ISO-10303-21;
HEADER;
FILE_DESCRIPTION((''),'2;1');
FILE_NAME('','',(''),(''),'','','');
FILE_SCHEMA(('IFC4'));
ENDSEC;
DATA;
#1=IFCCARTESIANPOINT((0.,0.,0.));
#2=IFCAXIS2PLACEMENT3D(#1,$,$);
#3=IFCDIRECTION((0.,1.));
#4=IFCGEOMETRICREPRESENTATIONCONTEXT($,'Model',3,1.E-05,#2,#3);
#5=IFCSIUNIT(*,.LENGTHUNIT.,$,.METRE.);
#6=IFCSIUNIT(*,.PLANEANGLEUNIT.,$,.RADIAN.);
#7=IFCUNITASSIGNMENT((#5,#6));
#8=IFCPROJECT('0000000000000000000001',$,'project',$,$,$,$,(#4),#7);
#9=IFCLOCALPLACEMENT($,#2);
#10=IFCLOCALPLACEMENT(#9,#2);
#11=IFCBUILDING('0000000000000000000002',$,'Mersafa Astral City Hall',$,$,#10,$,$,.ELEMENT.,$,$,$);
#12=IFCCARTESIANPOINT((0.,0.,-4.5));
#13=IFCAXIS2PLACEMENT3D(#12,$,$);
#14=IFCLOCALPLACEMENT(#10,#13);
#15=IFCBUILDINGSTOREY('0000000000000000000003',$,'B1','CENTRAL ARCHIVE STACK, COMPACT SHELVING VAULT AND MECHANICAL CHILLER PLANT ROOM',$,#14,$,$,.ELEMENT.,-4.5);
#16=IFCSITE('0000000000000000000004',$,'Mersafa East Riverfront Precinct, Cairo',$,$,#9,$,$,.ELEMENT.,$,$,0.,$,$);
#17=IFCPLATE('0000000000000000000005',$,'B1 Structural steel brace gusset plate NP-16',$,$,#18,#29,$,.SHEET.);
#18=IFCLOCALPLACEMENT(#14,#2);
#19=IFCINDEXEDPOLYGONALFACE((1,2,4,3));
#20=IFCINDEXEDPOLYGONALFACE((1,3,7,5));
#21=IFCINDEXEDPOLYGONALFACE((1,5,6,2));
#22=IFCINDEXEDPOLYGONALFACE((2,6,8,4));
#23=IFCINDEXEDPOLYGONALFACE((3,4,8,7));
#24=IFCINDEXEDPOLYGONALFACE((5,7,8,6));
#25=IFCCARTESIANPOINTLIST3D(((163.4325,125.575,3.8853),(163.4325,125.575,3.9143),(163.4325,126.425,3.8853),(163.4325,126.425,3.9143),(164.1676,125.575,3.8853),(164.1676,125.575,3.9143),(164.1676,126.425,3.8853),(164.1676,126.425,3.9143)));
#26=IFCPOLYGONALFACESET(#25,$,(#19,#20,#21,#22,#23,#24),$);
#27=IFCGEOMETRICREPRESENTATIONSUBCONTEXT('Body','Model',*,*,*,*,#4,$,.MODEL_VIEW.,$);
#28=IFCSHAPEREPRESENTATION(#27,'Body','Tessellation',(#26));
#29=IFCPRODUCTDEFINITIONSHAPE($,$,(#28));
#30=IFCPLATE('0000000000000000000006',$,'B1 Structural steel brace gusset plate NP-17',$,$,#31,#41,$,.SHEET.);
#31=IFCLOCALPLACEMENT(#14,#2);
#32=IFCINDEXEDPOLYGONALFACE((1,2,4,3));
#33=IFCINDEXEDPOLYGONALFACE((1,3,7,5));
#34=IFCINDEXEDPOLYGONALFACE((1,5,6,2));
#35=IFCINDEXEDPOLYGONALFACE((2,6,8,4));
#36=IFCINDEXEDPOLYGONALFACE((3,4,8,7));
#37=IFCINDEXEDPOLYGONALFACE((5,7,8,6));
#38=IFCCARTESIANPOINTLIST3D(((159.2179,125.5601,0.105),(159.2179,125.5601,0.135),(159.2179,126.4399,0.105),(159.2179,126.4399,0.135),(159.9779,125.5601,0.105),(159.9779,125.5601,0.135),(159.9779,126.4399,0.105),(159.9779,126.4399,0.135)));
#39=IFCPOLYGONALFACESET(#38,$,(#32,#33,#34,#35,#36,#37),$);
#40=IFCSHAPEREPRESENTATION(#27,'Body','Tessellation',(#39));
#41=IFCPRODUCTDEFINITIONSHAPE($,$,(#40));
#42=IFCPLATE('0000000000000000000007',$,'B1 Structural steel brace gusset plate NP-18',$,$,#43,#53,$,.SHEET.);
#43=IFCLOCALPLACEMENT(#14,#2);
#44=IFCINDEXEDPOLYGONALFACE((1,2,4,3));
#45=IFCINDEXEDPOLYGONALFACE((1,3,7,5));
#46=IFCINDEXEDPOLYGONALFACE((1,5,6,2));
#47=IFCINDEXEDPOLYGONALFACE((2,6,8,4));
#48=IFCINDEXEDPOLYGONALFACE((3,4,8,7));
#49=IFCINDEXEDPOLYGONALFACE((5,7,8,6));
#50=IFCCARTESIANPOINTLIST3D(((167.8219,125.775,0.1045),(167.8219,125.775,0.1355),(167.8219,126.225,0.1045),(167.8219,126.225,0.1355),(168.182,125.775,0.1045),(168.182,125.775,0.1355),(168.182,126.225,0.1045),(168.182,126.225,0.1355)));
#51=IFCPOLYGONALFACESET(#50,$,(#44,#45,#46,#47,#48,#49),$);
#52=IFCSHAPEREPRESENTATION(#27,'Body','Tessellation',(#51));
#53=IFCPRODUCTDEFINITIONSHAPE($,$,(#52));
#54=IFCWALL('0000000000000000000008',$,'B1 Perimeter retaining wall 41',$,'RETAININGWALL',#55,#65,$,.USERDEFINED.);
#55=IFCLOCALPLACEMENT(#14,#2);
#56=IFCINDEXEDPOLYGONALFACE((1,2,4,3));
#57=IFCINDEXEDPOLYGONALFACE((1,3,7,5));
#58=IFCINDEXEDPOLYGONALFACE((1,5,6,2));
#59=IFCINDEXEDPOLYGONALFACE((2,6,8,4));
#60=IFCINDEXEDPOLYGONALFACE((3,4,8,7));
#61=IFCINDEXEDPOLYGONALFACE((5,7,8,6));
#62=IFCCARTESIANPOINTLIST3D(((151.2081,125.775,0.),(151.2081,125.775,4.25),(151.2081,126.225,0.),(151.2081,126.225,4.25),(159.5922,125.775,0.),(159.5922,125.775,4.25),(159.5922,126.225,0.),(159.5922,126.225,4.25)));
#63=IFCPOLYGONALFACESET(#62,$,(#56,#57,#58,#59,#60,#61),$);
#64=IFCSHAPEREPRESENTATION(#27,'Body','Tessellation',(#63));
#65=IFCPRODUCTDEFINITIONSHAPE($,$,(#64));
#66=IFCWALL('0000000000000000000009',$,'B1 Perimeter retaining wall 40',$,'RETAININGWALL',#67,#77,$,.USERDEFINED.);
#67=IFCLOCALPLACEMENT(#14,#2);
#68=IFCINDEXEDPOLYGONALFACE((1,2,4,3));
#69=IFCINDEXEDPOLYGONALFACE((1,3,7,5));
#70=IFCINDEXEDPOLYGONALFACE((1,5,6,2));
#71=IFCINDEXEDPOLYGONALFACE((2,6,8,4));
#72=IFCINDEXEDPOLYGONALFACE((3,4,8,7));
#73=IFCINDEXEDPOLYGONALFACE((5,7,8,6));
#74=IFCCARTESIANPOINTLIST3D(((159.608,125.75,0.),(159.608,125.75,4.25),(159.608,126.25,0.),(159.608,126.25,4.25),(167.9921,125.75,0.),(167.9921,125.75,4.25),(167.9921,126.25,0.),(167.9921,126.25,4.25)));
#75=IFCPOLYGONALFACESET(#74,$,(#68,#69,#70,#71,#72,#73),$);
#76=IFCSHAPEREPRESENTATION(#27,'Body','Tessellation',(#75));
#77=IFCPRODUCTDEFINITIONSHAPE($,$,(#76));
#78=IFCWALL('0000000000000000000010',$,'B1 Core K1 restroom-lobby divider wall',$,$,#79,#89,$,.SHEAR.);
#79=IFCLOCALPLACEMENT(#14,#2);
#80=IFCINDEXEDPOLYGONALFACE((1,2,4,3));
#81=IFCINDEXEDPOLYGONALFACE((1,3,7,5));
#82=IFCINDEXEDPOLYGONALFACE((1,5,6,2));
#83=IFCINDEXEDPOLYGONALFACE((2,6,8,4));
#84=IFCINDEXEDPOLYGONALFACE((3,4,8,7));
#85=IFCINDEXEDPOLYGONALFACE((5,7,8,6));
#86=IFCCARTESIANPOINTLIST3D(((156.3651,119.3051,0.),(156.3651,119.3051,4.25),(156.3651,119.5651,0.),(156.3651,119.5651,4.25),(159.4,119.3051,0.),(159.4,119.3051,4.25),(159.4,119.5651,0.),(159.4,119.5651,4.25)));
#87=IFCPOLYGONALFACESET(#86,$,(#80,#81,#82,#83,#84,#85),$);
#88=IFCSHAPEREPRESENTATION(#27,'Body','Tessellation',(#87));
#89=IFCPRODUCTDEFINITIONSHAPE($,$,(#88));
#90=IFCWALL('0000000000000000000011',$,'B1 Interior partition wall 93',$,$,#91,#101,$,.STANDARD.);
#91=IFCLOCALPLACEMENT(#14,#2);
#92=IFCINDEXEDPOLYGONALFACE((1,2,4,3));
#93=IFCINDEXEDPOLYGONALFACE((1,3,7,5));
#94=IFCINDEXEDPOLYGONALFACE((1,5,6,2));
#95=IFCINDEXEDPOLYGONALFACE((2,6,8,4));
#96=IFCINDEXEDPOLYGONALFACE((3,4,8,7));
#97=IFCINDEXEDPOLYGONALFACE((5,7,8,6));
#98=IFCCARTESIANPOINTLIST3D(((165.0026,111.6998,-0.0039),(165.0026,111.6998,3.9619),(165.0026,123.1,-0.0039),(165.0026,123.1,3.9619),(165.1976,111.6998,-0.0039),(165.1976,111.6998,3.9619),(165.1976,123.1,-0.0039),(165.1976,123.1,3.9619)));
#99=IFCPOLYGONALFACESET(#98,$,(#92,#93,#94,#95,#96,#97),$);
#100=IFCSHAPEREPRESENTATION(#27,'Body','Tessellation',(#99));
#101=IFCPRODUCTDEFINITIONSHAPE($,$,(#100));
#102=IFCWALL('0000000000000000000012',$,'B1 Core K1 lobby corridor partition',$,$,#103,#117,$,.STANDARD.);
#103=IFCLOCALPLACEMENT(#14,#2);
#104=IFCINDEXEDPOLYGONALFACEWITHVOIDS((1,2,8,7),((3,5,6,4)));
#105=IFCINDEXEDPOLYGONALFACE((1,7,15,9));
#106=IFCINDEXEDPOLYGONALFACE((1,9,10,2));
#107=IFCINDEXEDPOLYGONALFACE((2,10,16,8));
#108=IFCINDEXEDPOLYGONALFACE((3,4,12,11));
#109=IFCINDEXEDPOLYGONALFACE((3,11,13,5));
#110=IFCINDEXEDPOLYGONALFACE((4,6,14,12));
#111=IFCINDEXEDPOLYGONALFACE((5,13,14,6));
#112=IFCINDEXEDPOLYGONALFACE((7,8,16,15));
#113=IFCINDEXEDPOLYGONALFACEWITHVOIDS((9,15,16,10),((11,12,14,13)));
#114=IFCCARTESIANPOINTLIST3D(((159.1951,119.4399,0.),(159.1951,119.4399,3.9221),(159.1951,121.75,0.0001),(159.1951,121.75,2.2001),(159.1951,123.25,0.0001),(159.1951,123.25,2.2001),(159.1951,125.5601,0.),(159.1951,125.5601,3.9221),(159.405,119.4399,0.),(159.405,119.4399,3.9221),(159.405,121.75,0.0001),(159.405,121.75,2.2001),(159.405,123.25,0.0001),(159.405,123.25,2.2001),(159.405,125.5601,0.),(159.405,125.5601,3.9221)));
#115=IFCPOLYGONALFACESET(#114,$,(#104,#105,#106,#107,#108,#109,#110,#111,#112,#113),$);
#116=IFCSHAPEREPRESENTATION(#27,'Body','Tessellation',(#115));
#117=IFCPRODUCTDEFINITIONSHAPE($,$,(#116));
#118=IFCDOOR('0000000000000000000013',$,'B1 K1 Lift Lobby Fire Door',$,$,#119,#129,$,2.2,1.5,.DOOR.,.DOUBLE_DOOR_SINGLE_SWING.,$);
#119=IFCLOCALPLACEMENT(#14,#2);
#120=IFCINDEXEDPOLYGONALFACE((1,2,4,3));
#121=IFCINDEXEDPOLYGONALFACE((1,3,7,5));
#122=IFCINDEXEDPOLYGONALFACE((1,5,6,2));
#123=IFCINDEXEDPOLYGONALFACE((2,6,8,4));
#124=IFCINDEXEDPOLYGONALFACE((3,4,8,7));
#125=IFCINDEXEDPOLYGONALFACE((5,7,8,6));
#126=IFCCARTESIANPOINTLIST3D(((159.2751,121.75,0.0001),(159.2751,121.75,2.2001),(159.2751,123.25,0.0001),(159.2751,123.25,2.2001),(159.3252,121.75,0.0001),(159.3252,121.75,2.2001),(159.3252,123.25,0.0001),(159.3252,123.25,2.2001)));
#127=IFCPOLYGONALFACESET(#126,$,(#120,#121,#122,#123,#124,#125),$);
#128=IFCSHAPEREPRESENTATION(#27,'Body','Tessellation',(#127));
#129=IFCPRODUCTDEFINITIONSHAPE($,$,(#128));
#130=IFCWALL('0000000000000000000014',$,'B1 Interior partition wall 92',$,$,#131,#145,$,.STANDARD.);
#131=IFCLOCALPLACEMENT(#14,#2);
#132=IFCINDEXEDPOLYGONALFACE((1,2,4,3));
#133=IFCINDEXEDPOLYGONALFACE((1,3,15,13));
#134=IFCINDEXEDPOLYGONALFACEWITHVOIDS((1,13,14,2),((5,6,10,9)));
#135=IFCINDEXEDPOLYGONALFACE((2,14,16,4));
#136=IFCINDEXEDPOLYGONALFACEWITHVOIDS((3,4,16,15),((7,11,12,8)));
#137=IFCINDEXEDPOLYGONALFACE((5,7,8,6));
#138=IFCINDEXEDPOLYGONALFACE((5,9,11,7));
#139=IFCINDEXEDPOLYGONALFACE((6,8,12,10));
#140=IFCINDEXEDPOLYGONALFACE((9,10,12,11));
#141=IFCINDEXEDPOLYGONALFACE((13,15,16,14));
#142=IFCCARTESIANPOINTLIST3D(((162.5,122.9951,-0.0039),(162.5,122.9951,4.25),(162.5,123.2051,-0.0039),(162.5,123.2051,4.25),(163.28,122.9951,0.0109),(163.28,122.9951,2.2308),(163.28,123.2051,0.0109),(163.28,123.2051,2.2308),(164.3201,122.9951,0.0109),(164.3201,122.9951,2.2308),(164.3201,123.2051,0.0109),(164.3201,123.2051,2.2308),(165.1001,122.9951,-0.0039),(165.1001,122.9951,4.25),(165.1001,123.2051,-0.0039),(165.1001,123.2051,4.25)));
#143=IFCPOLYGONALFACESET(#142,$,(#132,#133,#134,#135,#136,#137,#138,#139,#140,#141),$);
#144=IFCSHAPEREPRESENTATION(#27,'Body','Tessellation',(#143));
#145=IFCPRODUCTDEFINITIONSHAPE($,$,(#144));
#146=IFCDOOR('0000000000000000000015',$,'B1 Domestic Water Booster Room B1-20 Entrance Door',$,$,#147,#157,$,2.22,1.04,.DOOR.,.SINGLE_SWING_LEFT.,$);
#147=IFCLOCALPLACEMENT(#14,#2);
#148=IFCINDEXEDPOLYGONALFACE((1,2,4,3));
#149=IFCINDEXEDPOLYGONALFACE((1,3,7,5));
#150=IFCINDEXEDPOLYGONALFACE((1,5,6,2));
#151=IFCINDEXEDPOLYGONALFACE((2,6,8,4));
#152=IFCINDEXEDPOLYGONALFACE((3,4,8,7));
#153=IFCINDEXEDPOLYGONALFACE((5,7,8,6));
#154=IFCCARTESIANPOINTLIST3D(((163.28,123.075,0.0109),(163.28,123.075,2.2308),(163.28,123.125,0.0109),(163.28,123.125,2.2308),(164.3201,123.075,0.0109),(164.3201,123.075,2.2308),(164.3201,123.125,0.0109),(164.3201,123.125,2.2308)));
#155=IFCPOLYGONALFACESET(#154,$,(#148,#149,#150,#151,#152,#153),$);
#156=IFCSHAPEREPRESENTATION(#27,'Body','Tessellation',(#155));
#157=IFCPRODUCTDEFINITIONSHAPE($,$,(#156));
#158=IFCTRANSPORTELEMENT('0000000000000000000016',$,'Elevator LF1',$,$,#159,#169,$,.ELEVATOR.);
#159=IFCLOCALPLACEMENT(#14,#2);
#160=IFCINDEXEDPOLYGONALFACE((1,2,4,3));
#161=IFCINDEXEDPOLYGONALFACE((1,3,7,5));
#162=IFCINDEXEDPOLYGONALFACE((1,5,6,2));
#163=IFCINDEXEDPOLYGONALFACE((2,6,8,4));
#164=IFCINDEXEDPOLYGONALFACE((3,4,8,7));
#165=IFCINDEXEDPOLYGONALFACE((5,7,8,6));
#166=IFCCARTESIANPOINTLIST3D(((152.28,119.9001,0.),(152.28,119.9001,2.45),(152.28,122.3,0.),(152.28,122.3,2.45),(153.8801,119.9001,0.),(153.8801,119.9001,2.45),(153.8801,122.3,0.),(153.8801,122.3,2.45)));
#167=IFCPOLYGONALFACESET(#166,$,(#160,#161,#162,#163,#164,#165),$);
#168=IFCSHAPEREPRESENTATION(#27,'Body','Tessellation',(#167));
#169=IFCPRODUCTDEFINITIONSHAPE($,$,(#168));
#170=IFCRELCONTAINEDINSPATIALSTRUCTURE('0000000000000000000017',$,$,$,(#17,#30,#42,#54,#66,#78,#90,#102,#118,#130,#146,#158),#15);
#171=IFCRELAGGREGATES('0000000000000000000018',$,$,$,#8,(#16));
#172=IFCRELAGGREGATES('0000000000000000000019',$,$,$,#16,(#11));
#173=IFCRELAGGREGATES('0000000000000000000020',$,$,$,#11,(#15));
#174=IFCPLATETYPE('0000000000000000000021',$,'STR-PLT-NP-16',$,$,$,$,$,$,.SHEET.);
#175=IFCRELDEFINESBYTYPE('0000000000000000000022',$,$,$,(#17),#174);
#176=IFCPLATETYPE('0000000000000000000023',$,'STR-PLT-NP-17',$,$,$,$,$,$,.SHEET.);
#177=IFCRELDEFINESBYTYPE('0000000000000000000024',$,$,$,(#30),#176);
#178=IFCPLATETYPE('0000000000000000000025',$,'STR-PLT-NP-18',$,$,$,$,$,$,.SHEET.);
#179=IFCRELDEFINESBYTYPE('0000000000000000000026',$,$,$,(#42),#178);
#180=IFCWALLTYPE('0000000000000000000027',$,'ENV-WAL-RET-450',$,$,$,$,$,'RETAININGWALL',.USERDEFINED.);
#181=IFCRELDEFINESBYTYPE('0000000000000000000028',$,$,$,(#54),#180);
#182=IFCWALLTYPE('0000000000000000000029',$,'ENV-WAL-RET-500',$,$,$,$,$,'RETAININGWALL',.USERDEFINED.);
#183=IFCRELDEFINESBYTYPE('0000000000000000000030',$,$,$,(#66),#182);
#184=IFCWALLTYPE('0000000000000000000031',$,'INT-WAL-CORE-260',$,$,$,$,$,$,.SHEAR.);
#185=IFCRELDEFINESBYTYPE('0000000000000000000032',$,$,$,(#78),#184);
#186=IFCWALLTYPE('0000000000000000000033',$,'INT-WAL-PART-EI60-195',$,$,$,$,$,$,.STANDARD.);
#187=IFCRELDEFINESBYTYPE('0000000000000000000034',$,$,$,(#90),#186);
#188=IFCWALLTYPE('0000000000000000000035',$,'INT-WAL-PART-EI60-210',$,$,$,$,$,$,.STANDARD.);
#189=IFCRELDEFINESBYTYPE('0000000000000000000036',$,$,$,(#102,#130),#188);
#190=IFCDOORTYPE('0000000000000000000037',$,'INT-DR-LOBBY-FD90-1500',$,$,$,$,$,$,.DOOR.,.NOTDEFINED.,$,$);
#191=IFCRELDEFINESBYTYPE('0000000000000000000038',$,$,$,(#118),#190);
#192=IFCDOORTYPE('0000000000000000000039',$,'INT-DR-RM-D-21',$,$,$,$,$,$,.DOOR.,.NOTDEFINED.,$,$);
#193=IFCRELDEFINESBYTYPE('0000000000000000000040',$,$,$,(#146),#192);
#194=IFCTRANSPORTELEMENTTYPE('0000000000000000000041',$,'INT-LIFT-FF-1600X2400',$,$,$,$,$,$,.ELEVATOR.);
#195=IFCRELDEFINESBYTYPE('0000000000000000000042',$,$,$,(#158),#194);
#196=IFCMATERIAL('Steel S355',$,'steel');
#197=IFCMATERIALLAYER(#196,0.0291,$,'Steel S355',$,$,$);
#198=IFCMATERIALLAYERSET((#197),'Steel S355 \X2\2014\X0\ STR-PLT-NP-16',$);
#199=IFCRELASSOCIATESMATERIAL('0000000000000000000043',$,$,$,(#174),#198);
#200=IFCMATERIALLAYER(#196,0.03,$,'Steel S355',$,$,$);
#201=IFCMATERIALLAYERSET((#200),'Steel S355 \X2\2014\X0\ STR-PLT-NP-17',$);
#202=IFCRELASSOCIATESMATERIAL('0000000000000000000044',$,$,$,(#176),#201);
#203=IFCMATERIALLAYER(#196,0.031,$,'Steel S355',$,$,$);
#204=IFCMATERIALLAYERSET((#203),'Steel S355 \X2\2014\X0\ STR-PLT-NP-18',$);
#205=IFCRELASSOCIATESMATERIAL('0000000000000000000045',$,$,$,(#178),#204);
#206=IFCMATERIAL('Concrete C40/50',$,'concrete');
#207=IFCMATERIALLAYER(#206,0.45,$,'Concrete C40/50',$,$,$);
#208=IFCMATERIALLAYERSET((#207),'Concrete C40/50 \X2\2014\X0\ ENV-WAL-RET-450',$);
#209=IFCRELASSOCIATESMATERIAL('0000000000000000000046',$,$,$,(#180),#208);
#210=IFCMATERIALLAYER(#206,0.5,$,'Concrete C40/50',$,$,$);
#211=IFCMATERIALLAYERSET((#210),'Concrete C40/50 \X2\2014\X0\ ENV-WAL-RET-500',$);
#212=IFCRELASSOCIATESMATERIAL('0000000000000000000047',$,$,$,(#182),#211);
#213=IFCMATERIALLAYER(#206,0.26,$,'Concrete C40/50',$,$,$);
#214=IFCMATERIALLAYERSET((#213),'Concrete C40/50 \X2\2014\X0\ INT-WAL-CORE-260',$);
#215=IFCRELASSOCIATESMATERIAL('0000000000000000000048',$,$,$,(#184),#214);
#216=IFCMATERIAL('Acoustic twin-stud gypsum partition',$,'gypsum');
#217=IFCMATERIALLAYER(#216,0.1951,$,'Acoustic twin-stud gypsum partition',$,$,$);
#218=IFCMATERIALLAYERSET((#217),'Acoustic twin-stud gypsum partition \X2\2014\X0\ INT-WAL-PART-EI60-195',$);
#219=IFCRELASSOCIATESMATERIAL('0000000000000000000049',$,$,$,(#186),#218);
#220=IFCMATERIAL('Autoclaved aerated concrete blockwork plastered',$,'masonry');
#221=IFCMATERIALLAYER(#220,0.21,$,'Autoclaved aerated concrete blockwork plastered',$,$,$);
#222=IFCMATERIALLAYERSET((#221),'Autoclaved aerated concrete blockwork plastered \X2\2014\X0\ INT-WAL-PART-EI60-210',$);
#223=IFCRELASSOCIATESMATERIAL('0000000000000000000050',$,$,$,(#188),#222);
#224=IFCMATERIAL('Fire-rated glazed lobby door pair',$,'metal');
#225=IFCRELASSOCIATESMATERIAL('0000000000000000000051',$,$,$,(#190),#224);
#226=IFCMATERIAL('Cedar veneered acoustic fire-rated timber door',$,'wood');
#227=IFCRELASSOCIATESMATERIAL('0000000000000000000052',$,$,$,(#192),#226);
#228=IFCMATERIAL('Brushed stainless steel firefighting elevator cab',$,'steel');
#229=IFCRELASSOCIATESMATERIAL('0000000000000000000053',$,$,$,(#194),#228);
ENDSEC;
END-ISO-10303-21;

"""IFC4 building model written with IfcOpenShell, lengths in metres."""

from ifc_helpers import new_model, si_unit, direction, frame, frame_2d, origin, origin_2d, place, context, subcontext, project, spatial, rectangle, extrude, material, layer, layer_set, type_object, element, fill, save


model = new_model("IFC4")

# Units and contexts
model_context = context("Model", 3, precision=1e-05, world=origin(), true_north=direction((0.0, 1.0)))
body_context = subcontext(model_context, "Body", "Model", "MODEL_VIEW")
ifc_project = project(units=[si_unit("LENGTHUNIT", "METRE"), si_unit("PLANEANGLEUNIT", "RADIAN")], contexts=[model_context])

# Site, building, storey
site_placement = place(None, origin())
site = spatial("IfcSite", under=ifc_project, at=site_placement, Name="Mersafa East Riverfront Precinct, Cairo", CompositionType="ELEMENT", RefElevation=0.0)
building_placement = place(site_placement, origin())
building = spatial("IfcBuilding", under=site, at=building_placement, Name="Mersafa Astral City Hall", CompositionType="ELEMENT")
storey_placement = place(building_placement, frame((0.0, 0.0, -4.5)))
storey = spatial("IfcBuildingStorey", under=building, at=storey_placement, Name="B1", Description="CENTRAL ARCHIVE STACK, COMPACT SHELVING VAULT AND MECHANICAL CHILLER PLANT ROOM", CompositionType="ELEMENT", Elevation=-4.5)

# Shared definitions
ifc_material_1 = material(Name="Concrete C40/50", Category="concrete")

# Shared definitions
ifc_material_2 = material(Name="Steel S355", Category="steel")

# Plates
ifc_layer_1 = layer(ifc_material_2, 0.0291, Name="Steel S355")
ifc_layer_set_1 = layer_set([ifc_layer_1], Name="Steel S355 — STR-PLT-NP-16")
plate_type_1 = type_object("IfcPlateType", Name="STR-PLT-NP-16", PredefinedType="SHEET", material=ifc_layer_set_1)
plate_1_placement = place(storey_placement, frame((163.8, 126.0, 3.8853), z_axis=(0.0, 0.0, 1.0), x_axis=(1.0, 0.0, 0.0)))
element("IfcPlate", 1, at=plate_1_placement, inside=storey, type_object=plate_type_1, Name="B1 Structural steel brace gusset plate NP-16", PredefinedType="SHEET", context=body_context, shape_type="SweptSolid", body=[
    extrude(rectangle(XDim=0.7351, YDim=0.8501, at=origin_2d()), origin(), (0.0, 0.0, 1.0), 0.0291),
])
ifc_layer_2 = layer(ifc_material_2, 0.03, Name="Steel S355")
ifc_layer_set_2 = layer_set([ifc_layer_2], Name="Steel S355 — STR-PLT-NP-17")
plate_type_2 = type_object("IfcPlateType", Name="STR-PLT-NP-17", PredefinedType="SHEET", material=ifc_layer_set_2)
plate_2_placement = place(storey_placement, frame((159.5979, 126.0, 0.105), z_axis=(0.0, 0.0, 1.0), x_axis=(1.0, 0.0, 0.0)))
element("IfcPlate", 2, at=plate_2_placement, inside=storey, type_object=plate_type_2, Name="B1 Structural steel brace gusset plate NP-17", PredefinedType="SHEET", context=body_context, shape_type="SweptSolid", body=[
    extrude(rectangle(XDim=0.76, YDim=0.8799, at=origin_2d()), origin(), (0.0, 0.0, 1.0), 0.03),
])
ifc_layer_3 = layer(ifc_material_2, 0.031, Name="Steel S355")
ifc_layer_set_3 = layer_set([ifc_layer_3], Name="Steel S355 — STR-PLT-NP-18")
plate_type_3 = type_object("IfcPlateType", Name="STR-PLT-NP-18", PredefinedType="SHEET", material=ifc_layer_set_3)
plate_3_placement = place(storey_placement, frame((168.002, 126.0, 0.1045), z_axis=(0.0, 0.0, 1.0), x_axis=(1.0, 0.0, 0.0)))
element("IfcPlate", 3, at=plate_3_placement, inside=storey, type_object=plate_type_3, Name="B1 Structural steel brace gusset plate NP-18", PredefinedType="SHEET", context=body_context, shape_type="SweptSolid", body=[
    extrude(rectangle(XDim=0.3601, YDim=0.45, at=origin_2d()), origin(), (0.0, 0.0, 1.0), 0.031),
])

# Walls
ifc_layer_4 = layer(ifc_material_1, 0.45, Name="Concrete C40/50")
ifc_layer_set_4 = layer_set([ifc_layer_4], Name="Concrete C40/50 — ENV-WAL-RET-450")
wall_type_1 = type_object("IfcWallType", Name="ENV-WAL-RET-450", ElementType="RETAININGWALL", PredefinedType="USERDEFINED", material=ifc_layer_set_4)
wall_1_placement = place(storey_placement, frame((159.592, 126.0, 0.0), z_axis=(0.0, 0.0, 1.0), x_axis=(-1.0, 0.0, 0.0)))
element("IfcWall", 4, at=wall_1_placement, inside=storey, type_object=wall_type_1, Name="B1 Perimeter retaining wall 41", ObjectType="RETAININGWALL", PredefinedType="USERDEFINED", context=body_context, shape_type="SweptSolid", body=[
    extrude(rectangle(XDim=8.384, YDim=0.45, at=frame_2d((4.1919, 0.0))), origin(), (0.0, 0.0, 1.0), 4.25),
])
ifc_layer_5 = layer(ifc_material_1, 0.5, Name="Concrete C40/50")
ifc_layer_set_5 = layer_set([ifc_layer_5], Name="Concrete C40/50 — ENV-WAL-RET-500")
wall_type_2 = type_object("IfcWallType", Name="ENV-WAL-RET-500", ElementType="RETAININGWALL", PredefinedType="USERDEFINED", material=ifc_layer_set_5)
wall_2_placement = place(storey_placement, frame((167.9919, 126.0, 0.0), z_axis=(0.0, 0.0, 1.0), x_axis=(-1.0, 0.0, 0.0)))
element("IfcWall", 5, at=wall_2_placement, inside=storey, type_object=wall_type_2, Name="B1 Perimeter retaining wall 40", ObjectType="RETAININGWALL", PredefinedType="USERDEFINED", context=body_context, shape_type="SweptSolid", body=[
    extrude(rectangle(XDim=8.384, YDim=0.5, at=frame_2d((4.1919, 0.0))), origin(), (0.0, 0.0, 1.0), 4.25),
])

# Shared definitions
ifc_layer_6 = layer(ifc_material_1, 0.26, Name="Concrete C40/50")
ifc_layer_set_6 = layer_set([ifc_layer_6], Name="Concrete C40/50 — INT-WAL-CORE-260")
wall_type_3 = type_object("IfcWallType", Name="INT-WAL-CORE-260", PredefinedType="SHEAR", material=ifc_layer_set_6)

# Walls
wall_3_placement = place(storey_placement, frame((156.365, 119.4351, 0.0), z_axis=(0.0, 0.0, 1.0), x_axis=(1.0, 0.0, 0.0)))
element("IfcWall", 6, at=wall_3_placement, inside=storey, type_object=wall_type_3, Name="B1 Core K1 restroom-lobby divider wall", PredefinedType="SHEAR", context=body_context, shape_type="SweptSolid", body=[
    extrude(rectangle(XDim=3.0349, YDim=0.26, at=frame_2d((1.5176, 0.0))), origin(), (0.0, 0.0, 1.0), 4.25),
])
ifc_material_3 = material(Name="Acoustic twin-stud gypsum partition", Category="gypsum")
ifc_layer_7 = layer(ifc_material_3, 0.1951, Name="Acoustic twin-stud gypsum partition")
ifc_layer_set_7 = layer_set([ifc_layer_7], Name="Acoustic twin-stud gypsum partition — INT-WAL-PART-EI60-195")
wall_type_4 = type_object("IfcWallType", Name="INT-WAL-PART-EI60-195", PredefinedType="STANDARD", material=ifc_layer_set_7)
wall_4_placement = place(storey_placement, frame((165.1001, 123.1001, -0.0039), z_axis=(0.0, 0.0, 1.0), x_axis=(0.0, -1.0, 0.0)))
element("IfcWall", 7, at=wall_4_placement, inside=storey, type_object=wall_type_4, Name="B1 Interior partition wall 93", PredefinedType="STANDARD", context=body_context, shape_type="SweptSolid", body=[
    extrude(rectangle(XDim=11.4001, YDim=0.1951, at=frame_2d((5.7002, 0.0))), origin(), (0.0, 0.0, 1.0), 3.9658),
])

# Walls, openings, doors
ifc_material_4 = material(Name="Autoclaved aerated concrete blockwork plastered", Category="masonry")
ifc_layer_8 = layer(ifc_material_4, 0.21, Name="Autoclaved aerated concrete blockwork plastered")
ifc_layer_set_8 = layer_set([ifc_layer_8], Name="Autoclaved aerated concrete blockwork plastered — INT-WAL-PART-EI60-210")
wall_type_5 = type_object("IfcWallType", Name="INT-WAL-PART-EI60-210", PredefinedType="STANDARD", material=ifc_layer_set_8)
wall_5_placement = place(storey_placement, frame((159.3, 119.4399, 0.0), z_axis=(0.0, 0.0, 1.0), x_axis=(0.0, 1.0, 0.0)))
wall_5 = element("IfcWall", 8, at=wall_5_placement, inside=storey, type_object=wall_type_5, Name="B1 Core K1 lobby corridor partition", PredefinedType="STANDARD", context=body_context, shape_type="SweptSolid", body=[
    extrude(rectangle(XDim=6.1201, YDim=0.21, at=frame_2d((3.0601, 0.0))), origin(), (0.0, 0.0, 1.0), 3.9221),
])
opening_1_placement = place(wall_5_placement, frame((2.3101, 0.0, 0.0)))
opening_1 = element("IfcOpeningElement", 9, at=opening_1_placement, cuts=wall_5, PredefinedType="OPENING", context=body_context, shape_type="SweptSolid", body=[
    extrude(rectangle(XDim=1.5, YDim=2.2, at=frame_2d((0.75, 1.1001))), frame((0.0, 0.115, 0.0), z_axis=(0.0, -1.0, 0.0), x_axis=(1.0, 0.0, 0.0)), (0.0, 0.0, 1.0), 0.23),
])
ifc_material_5 = material(Name="Fire-rated glazed lobby door pair", Category="metal")
door_type_1 = type_object("IfcDoorType", Name="INT-DR-LOBBY-FD90-1500", OperationType="NOTDEFINED", PredefinedType="DOOR", material=ifc_material_5)
door_1_placement = place(opening_1_placement, origin())
door_1 = element("IfcDoor", 10, at=door_1_placement, inside=storey, type_object=door_type_1, Name="B1 K1 Lift Lobby Fire Door", OperationType="DOUBLE_DOOR_SINGLE_SWING", OverallHeight=2.2, OverallWidth=1.5, PredefinedType="DOOR", context=body_context, shape_type="SweptSolid", body=[
    extrude(rectangle(XDim=1.5, YDim=2.2, at=frame_2d((0.75, 1.1001))), frame((0.0, 0.0249, 0.0), z_axis=(0.0, -1.0, 0.0), x_axis=(1.0, 0.0, 0.0)), (0.0, 0.0, 1.0), 0.05),
])
fill(opening_1, door_1)
wall_6_placement = place(storey_placement, frame((162.5, 123.1001, -0.0039), z_axis=(0.0, 0.0, 1.0), x_axis=(1.0, 0.0, 0.0)))
wall_6 = element("IfcWall", 11, at=wall_6_placement, inside=storey, type_object=wall_type_5, Name="B1 Interior partition wall 92", PredefinedType="STANDARD", context=body_context, shape_type="SweptSolid", body=[
    extrude(rectangle(XDim=2.6001, YDim=0.21, at=frame_2d((1.3, 0.0))), origin(), (0.0, 0.0, 1.0), 4.2539),
])
opening_2_placement = place(wall_6_placement, frame((0.78, 0.0, 0.0149)))
opening_2 = element("IfcOpeningElement", 12, at=opening_2_placement, cuts=wall_6, PredefinedType="OPENING", context=body_context, shape_type="SweptSolid", body=[
    extrude(rectangle(XDim=1.04, YDim=2.22, at=frame_2d((0.52, 1.1099))), frame((0.0, 0.115, 0.0), z_axis=(0.0, -1.0, 0.0), x_axis=(1.0, 0.0, 0.0)), (0.0, 0.0, 1.0), 0.23),
])
ifc_material_6 = material(Name="Cedar veneered acoustic fire-rated timber door", Category="wood")
door_type_2 = type_object("IfcDoorType", Name="INT-DR-RM-D-21", OperationType="NOTDEFINED", PredefinedType="DOOR", material=ifc_material_6)
door_2_placement = place(opening_2_placement, origin())
door_2 = element("IfcDoor", 13, at=door_2_placement, inside=storey, type_object=door_type_2, Name="B1 Domestic Water Booster Room B1-20 Entrance Door", OperationType="SINGLE_SWING_LEFT", OverallHeight=2.22, OverallWidth=1.04, PredefinedType="DOOR", context=body_context, shape_type="SweptSolid", body=[
    extrude(rectangle(XDim=1.04, YDim=2.22, at=frame_2d((0.52, 1.1099))), frame((0.0, 0.0249, 0.0), z_axis=(0.0, -1.0, 0.0), x_axis=(1.0, 0.0, 0.0)), (0.0, 0.0, 1.0), 0.05),
])
fill(opening_2, door_2)

# Transport element
ifc_material_7 = material(Name="Brushed stainless steel firefighting elevator cab", Category="steel")
transport_element_type_1 = type_object("IfcTransportElementType", Name="INT-LIFT-FF-1600X2400", PredefinedType="ELEVATOR", material=ifc_material_7)
transport_element_1_placement = place(storey_placement, frame((153.0801, 121.1001, 0.0), z_axis=(0.0, 0.0, 1.0), x_axis=(1.0, 0.0, 0.0)))
element("IfcTransportElement", 14, at=transport_element_1_placement, inside=storey, type_object=transport_element_type_1, Name="Elevator LF1", PredefinedType="ELEVATOR", context=body_context, shape_type="SweptSolid", body=[
    extrude(rectangle(XDim=1.6001, YDim=2.3999, at=origin_2d()), origin(), (0.0, 0.0, 1.0), 2.45),
])

save(model, "model.ifc")
